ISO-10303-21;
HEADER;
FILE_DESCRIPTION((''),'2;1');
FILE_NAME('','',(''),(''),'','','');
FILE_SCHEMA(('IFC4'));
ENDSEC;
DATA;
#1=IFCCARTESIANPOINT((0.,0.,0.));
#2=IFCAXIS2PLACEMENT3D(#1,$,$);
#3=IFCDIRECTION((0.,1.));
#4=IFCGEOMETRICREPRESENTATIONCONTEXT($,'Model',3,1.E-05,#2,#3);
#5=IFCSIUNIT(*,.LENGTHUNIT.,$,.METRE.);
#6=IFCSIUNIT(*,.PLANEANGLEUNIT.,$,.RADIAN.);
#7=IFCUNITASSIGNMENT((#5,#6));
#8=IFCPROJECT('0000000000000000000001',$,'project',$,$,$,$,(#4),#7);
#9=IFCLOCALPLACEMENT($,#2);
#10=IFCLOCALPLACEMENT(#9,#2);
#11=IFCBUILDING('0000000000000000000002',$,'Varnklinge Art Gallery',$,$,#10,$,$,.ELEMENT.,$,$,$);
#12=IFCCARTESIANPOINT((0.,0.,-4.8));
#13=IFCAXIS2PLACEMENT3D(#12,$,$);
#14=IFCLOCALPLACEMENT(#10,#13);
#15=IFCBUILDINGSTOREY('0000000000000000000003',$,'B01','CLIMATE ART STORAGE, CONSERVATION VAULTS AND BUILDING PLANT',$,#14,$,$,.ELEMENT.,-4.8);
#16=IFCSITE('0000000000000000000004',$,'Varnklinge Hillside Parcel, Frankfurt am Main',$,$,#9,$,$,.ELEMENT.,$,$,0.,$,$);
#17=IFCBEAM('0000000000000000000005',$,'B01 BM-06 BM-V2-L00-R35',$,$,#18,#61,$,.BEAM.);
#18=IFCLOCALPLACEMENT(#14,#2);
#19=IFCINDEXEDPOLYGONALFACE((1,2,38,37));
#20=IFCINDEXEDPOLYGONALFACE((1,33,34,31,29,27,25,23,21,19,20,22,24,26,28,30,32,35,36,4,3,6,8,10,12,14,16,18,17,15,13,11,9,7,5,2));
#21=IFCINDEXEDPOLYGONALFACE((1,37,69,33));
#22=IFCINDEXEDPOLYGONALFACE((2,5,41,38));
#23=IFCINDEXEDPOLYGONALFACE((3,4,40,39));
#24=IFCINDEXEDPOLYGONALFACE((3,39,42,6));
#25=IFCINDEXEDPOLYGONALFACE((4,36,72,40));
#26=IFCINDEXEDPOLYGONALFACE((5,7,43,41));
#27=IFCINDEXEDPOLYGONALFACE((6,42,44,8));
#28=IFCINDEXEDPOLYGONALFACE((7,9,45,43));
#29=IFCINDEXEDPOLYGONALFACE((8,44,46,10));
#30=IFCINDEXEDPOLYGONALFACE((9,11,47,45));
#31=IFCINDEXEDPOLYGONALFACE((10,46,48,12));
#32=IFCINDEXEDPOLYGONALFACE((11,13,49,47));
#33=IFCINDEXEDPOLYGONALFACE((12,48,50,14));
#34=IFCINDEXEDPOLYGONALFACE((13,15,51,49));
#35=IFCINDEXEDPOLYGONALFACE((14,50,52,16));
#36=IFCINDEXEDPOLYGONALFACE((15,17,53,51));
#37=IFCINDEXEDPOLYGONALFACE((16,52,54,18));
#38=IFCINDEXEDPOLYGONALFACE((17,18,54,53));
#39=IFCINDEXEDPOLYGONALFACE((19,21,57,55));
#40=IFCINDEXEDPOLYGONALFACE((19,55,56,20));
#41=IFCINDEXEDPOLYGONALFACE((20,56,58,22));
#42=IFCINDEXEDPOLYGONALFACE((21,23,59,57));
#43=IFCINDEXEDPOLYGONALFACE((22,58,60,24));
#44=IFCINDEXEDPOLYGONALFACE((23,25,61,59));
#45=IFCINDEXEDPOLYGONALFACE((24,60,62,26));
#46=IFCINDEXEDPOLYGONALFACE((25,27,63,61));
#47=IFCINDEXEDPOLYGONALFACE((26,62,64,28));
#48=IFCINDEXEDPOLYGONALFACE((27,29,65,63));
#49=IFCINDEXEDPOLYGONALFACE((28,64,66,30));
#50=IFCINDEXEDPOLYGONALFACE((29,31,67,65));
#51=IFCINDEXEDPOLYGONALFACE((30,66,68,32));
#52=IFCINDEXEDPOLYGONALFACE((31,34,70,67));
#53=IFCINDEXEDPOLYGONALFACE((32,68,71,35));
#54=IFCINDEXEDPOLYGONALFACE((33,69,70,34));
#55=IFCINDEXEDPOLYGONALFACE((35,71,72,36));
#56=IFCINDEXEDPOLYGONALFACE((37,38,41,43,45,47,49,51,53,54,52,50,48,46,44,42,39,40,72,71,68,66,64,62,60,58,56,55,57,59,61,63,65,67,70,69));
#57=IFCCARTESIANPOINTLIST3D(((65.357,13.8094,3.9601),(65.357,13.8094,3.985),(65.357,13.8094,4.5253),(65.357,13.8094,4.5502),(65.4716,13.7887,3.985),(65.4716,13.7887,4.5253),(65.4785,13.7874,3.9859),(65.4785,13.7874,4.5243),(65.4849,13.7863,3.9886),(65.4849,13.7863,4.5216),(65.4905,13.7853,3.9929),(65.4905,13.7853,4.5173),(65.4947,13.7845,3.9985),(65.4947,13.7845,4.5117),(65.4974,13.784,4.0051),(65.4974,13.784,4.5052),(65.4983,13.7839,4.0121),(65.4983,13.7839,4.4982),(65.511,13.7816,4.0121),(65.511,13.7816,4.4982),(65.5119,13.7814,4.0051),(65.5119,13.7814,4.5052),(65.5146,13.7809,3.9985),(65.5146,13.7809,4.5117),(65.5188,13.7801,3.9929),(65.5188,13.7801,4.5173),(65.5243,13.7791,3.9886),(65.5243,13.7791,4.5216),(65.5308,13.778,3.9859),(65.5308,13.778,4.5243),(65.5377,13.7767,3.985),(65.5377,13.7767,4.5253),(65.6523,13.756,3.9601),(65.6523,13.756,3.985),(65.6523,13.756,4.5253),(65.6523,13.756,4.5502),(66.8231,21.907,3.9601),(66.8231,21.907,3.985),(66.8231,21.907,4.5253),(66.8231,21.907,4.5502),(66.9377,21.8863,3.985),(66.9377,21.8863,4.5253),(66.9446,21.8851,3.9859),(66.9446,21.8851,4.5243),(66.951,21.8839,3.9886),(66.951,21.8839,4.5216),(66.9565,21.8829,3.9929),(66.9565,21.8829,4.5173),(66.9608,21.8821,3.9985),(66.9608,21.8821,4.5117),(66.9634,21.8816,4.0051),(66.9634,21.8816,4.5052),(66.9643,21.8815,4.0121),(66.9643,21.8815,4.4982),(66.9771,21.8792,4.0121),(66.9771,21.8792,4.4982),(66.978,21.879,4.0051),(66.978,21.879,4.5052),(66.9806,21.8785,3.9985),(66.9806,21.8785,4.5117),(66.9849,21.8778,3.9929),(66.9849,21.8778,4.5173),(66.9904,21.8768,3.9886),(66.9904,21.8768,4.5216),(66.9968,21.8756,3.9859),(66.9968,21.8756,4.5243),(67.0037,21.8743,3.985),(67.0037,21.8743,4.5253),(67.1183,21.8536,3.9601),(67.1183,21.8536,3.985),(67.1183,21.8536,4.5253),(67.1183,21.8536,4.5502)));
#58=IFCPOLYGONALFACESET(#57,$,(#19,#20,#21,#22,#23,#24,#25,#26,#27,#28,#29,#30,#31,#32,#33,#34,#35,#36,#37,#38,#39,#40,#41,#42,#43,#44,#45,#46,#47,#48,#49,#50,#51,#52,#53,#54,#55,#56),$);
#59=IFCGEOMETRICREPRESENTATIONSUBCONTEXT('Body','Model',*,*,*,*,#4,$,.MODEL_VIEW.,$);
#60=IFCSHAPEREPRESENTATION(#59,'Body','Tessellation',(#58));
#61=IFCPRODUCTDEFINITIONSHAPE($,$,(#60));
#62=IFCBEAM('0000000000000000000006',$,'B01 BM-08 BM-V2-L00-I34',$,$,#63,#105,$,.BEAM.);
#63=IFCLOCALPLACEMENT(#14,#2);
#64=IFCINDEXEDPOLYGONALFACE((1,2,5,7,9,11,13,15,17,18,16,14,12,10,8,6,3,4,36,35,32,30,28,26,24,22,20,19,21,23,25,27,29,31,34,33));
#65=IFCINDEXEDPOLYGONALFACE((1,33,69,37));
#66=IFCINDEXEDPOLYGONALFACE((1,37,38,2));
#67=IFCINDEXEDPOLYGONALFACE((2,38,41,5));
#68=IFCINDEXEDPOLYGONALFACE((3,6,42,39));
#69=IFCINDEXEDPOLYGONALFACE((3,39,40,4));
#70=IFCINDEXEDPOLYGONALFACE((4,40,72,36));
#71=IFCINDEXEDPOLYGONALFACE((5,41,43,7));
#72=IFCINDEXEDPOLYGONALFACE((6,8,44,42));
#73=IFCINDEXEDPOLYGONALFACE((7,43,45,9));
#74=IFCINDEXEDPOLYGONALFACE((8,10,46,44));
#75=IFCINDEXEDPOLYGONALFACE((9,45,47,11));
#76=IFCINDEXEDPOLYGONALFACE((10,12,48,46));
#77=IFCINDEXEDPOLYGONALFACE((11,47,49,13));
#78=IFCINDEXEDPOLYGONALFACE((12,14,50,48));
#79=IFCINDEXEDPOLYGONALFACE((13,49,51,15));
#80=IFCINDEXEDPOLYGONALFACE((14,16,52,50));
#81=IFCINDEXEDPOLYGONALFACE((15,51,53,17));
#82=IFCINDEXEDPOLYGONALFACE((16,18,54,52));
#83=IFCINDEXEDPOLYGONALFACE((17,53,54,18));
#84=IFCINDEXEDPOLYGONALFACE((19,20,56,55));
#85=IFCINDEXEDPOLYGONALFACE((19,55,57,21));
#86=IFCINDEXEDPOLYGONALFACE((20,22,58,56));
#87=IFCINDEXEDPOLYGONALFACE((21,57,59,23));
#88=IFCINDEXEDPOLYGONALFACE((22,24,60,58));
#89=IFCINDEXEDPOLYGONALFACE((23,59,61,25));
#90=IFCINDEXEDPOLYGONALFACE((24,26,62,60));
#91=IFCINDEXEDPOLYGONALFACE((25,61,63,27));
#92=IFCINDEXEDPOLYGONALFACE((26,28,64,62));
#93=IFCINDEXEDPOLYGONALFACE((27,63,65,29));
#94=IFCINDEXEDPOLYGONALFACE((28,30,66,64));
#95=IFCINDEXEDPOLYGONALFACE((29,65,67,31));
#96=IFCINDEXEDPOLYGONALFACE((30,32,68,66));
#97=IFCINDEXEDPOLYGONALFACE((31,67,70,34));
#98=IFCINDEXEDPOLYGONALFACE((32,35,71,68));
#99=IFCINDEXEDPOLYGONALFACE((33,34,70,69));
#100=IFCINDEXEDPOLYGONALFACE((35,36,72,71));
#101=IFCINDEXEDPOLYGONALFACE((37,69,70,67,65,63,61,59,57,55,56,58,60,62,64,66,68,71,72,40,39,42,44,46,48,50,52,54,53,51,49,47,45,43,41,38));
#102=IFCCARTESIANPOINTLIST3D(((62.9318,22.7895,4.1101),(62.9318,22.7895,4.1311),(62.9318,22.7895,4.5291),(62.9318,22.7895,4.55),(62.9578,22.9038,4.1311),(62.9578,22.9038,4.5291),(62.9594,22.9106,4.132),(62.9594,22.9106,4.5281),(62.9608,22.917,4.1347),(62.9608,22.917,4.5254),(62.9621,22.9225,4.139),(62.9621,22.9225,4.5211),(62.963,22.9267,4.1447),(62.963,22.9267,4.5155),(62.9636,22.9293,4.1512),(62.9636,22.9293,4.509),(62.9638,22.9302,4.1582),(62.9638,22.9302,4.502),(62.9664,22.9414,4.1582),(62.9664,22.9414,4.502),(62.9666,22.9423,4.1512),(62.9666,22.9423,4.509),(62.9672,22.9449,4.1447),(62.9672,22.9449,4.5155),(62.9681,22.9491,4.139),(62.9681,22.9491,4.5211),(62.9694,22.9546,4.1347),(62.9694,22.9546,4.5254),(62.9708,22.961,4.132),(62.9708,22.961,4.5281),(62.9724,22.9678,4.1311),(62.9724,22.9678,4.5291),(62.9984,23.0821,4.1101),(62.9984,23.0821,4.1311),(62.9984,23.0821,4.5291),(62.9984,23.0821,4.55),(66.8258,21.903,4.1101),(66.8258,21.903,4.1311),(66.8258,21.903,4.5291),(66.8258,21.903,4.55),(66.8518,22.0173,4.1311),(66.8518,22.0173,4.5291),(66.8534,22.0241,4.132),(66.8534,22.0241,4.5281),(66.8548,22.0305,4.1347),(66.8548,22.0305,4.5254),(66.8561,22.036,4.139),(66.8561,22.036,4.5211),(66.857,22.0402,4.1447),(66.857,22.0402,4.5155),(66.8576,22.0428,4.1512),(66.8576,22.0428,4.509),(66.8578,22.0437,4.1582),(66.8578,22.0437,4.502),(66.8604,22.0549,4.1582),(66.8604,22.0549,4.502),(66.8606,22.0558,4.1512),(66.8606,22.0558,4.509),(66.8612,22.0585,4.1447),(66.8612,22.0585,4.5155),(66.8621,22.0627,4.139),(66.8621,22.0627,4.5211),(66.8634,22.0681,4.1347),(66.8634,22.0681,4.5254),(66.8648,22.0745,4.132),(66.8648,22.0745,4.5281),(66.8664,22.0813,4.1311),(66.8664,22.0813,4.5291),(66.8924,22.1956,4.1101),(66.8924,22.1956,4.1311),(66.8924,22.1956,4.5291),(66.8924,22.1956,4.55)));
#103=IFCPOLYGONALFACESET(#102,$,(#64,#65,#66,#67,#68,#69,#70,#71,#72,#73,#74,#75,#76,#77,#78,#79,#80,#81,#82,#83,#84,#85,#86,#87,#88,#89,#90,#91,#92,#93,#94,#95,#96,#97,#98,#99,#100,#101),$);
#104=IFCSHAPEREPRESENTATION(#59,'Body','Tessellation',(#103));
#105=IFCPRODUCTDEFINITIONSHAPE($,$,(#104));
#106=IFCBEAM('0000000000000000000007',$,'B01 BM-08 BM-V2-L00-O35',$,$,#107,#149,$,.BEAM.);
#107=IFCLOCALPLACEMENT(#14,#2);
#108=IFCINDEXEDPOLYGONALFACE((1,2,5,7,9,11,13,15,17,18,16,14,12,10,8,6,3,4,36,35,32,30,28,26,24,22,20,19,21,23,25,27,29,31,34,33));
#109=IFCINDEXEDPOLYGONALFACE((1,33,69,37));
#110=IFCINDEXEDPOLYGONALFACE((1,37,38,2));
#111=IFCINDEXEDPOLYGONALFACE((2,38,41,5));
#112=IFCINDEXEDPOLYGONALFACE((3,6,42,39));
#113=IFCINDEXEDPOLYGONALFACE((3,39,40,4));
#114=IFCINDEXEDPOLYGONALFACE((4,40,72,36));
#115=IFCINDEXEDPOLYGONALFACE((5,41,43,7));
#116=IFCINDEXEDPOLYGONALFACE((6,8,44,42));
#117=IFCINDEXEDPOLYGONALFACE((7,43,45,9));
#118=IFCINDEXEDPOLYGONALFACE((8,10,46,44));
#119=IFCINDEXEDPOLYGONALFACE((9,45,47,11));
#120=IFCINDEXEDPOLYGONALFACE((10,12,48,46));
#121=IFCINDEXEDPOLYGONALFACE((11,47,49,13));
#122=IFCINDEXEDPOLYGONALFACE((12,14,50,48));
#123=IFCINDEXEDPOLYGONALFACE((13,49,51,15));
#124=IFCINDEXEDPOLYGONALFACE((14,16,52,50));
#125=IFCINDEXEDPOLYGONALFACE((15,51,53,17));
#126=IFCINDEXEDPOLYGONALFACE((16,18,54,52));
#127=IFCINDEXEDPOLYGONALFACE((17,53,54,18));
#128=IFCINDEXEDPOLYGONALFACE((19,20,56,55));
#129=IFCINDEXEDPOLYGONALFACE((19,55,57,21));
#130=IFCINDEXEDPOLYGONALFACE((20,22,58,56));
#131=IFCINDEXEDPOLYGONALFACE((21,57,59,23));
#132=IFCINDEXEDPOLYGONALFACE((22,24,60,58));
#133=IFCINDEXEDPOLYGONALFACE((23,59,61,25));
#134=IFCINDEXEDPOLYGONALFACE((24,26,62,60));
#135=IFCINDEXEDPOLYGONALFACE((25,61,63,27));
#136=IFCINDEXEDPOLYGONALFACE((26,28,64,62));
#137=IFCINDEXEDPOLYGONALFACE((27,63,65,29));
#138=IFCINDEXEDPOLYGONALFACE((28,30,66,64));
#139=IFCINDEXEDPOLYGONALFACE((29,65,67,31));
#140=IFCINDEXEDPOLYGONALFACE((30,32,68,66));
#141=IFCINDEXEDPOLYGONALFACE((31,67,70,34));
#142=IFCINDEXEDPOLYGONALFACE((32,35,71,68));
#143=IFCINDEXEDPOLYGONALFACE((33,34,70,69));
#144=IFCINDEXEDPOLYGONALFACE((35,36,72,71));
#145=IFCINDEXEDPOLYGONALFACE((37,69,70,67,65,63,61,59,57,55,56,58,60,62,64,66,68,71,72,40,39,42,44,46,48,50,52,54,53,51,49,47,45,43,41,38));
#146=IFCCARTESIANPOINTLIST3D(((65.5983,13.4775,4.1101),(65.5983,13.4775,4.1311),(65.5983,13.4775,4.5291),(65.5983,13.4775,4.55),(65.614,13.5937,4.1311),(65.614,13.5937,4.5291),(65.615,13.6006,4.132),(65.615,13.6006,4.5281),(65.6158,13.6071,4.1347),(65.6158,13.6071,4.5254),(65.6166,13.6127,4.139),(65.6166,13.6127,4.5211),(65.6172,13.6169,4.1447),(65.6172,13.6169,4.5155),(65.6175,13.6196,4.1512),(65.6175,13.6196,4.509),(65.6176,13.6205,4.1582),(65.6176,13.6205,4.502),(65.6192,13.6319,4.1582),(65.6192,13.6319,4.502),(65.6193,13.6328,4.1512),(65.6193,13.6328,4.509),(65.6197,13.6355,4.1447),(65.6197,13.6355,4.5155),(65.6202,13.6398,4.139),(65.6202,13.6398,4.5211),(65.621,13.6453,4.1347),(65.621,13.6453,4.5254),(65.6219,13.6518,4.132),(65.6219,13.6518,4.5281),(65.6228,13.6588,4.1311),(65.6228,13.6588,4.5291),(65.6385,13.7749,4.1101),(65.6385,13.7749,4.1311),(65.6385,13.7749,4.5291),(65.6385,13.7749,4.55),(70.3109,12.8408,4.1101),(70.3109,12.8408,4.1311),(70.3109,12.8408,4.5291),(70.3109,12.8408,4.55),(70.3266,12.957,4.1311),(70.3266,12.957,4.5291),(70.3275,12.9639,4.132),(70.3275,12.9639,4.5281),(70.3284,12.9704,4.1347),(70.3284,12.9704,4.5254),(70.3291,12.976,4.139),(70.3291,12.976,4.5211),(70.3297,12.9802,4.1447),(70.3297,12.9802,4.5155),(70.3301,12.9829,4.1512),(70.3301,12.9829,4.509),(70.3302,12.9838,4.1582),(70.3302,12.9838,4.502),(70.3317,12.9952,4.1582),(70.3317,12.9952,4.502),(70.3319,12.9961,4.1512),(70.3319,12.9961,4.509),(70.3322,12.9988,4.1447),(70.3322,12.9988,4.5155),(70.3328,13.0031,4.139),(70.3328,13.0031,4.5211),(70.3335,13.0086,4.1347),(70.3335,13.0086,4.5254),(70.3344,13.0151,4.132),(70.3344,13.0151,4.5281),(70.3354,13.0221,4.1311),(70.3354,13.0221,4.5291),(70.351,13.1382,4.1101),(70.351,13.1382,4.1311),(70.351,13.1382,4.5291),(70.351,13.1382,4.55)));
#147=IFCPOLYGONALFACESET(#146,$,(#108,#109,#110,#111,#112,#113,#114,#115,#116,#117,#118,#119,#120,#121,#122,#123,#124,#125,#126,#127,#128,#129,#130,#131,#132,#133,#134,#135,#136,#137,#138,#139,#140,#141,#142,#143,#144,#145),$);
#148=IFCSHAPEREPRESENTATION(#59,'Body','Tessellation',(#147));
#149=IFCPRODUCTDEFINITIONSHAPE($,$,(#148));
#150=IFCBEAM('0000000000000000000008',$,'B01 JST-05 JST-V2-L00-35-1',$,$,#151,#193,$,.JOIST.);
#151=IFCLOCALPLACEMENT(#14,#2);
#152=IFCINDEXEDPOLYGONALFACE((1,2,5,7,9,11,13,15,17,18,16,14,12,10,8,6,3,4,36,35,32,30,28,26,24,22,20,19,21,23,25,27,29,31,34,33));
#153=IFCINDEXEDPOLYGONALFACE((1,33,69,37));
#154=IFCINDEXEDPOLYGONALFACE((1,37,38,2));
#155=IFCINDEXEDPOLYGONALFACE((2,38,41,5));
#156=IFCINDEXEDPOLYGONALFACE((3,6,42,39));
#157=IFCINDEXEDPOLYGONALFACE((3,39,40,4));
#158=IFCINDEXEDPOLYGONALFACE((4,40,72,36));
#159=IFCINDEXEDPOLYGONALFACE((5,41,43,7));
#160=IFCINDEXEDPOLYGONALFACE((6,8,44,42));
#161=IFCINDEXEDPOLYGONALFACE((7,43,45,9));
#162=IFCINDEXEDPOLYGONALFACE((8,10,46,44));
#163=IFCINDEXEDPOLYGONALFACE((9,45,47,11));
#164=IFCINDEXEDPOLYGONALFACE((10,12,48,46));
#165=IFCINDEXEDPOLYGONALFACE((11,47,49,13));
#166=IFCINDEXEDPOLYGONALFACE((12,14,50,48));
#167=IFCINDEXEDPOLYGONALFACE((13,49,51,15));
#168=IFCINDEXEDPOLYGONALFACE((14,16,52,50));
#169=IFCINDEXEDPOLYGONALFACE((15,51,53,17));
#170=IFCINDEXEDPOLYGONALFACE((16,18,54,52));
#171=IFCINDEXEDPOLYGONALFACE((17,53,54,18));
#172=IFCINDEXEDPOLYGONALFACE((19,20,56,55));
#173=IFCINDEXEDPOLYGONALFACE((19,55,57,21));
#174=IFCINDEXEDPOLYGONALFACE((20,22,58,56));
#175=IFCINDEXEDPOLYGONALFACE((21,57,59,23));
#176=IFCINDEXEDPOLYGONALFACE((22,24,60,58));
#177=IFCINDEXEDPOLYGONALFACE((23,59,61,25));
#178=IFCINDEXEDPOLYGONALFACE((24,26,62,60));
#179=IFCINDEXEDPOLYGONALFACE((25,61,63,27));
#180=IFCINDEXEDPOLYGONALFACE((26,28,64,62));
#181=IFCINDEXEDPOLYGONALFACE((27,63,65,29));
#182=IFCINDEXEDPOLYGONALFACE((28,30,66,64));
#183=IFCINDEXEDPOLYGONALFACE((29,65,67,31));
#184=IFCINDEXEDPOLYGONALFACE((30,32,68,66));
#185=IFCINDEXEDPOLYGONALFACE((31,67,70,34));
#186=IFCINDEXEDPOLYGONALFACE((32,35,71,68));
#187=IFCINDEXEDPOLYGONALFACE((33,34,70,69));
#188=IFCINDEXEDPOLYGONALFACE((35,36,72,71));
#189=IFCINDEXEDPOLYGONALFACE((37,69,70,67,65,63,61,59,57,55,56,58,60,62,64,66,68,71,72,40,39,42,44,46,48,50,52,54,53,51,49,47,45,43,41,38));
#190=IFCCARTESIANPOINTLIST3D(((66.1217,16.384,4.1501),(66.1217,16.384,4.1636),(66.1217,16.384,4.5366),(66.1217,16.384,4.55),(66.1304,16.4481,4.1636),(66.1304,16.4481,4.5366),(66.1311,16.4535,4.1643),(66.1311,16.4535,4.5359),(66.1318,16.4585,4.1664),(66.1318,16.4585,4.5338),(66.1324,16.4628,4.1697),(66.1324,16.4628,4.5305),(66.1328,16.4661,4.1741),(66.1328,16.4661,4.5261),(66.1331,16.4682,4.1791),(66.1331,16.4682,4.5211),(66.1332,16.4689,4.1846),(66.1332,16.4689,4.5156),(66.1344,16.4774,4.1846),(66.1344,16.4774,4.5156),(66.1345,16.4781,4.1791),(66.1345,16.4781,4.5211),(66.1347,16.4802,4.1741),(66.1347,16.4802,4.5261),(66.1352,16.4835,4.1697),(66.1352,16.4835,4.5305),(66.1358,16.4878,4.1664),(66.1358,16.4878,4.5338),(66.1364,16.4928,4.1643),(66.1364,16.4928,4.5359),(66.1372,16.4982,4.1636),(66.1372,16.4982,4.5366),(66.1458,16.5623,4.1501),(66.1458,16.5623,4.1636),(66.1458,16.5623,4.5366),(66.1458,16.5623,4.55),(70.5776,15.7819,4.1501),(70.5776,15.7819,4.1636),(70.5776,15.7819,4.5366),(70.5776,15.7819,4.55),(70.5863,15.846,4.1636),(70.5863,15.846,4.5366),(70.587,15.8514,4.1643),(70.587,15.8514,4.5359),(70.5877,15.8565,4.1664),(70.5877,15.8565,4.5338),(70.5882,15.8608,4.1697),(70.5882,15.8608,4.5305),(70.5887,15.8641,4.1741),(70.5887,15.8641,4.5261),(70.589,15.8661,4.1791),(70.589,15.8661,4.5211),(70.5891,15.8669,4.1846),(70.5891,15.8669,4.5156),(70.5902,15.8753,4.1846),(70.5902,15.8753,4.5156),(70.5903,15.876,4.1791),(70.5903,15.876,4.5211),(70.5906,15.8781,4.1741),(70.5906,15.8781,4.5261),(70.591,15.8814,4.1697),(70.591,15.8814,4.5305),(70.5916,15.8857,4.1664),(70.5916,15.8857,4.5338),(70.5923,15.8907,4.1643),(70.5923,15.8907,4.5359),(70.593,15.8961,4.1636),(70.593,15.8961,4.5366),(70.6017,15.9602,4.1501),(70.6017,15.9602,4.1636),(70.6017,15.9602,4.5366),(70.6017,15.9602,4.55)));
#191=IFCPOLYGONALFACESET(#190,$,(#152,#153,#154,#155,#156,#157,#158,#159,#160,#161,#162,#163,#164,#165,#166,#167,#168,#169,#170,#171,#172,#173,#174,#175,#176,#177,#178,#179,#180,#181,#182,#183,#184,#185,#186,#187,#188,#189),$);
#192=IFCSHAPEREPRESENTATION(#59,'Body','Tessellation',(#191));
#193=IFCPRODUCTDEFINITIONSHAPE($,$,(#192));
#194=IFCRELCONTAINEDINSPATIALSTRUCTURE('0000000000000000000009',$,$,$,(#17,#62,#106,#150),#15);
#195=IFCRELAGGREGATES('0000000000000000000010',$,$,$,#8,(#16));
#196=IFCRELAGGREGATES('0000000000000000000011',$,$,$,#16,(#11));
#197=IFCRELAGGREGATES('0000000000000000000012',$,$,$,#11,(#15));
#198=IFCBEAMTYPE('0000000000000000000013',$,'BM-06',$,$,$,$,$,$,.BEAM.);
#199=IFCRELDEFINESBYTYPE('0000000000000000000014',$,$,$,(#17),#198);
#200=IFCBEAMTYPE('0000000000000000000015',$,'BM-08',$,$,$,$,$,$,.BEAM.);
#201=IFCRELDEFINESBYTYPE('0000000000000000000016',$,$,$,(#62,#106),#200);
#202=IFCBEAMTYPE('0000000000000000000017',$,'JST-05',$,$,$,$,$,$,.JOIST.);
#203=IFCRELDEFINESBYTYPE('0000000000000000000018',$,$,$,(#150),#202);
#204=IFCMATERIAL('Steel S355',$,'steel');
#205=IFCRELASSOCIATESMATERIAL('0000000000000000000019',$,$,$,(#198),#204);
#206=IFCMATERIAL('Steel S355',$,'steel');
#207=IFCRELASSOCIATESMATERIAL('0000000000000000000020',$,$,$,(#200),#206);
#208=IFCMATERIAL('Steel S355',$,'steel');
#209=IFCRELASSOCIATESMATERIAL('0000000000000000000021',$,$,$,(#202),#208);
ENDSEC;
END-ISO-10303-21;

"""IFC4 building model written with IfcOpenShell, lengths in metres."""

from ifc_helpers import new_model, si_unit, direction, frame, origin, origin_2d, place, context, subcontext, project, spatial, i_section, extrude, material, material_profile, profile_set, type_object, element, save


model = new_model("IFC4")

# Units and contexts
model_context = context("Model", 3, precision=1e-05, world=origin(), true_north=direction((0.0, 1.0)))
body_context = subcontext(model_context, "Body", "Model", "MODEL_VIEW")
ifc_project = project(units=[si_unit("LENGTHUNIT", "METRE"), si_unit("PLANEANGLEUNIT", "RADIAN")], contexts=[model_context])

# Site, building, storey
site_placement = place(None, origin())
site = spatial("IfcSite", under=ifc_project, at=site_placement, Name="Varnklinge Hillside Parcel, Frankfurt am Main", CompositionType="ELEMENT", RefElevation=0.0)
building_placement = place(site_placement, origin())
building = spatial("IfcBuilding", under=site, at=building_placement, Name="Varnklinge Art Gallery", CompositionType="ELEMENT")
storey_placement = place(building_placement, frame((0.0, 0.0, -4.8)))
storey = spatial("IfcBuildingStorey", under=building, at=storey_placement, Name="B01", Description="CLIMATE ART STORAGE, CONSERVATION VAULTS AND BUILDING PLANT", CompositionType="ELEMENT", Elevation=-4.8)

# Beams
ifc_material_1 = material(Name="Steel S355", Category="steel")
ifc_material_profile_1 = material_profile(ifc_material_1, i_section(OverallWidth=0.3, OverallDepth=0.5901, WebThickness=0.0129, FlangeThickness=0.0249, FilletRadius=0.0271, at=origin_2d()), Name="HEA 600")
ifc_profile_set_1 = profile_set([ifc_material_profile_1], Name="Steel S355")
beam_type_1 = type_object("IfcBeamType", Name="BM-06", PredefinedType="BEAM", material=ifc_profile_set_1)
beam_1_placement = place(storey_placement, frame((65.5046, 13.7827, 4.2551), z_axis=(0.178152, 0.984003, 0.0), x_axis=(-0.984003, 0.178152, 0.0)))
element("IfcBeam", 1, at=beam_1_placement, inside=storey, type_object=beam_type_1, Name="B01 BM-06 BM-V2-L00-R35", PredefinedType="BEAM", context=body_context, shape_type="SweptSolid", body=[
    extrude(i_section(OverallWidth=0.3, OverallDepth=0.5901, WebThickness=0.0129, FlangeThickness=0.0249, FilletRadius=0.0271, at=origin_2d()), origin(), (0.0, 0.0, 1.0), 8.2292),
])
ifc_material_2 = material(Name="Steel S355", Category="steel")
ifc_material_profile_2 = material_profile(ifc_material_2, i_section(OverallWidth=0.3, OverallDepth=0.4399, WebThickness=0.0115, FlangeThickness=0.021, FilletRadius=0.0271, at=origin_2d()), Name="HEA 450")
ifc_profile_set_2 = profile_set([ifc_material_profile_2], Name="Steel S355")
beam_type_2 = type_object("IfcBeamType", Name="BM-08", PredefinedType="BEAM", material=ifc_profile_set_2)
beam_2_placement = place(storey_placement, frame((62.9651, 22.9358, 4.3301), z_axis=(0.975054, -0.22197, 0.0), x_axis=(0.22197, 0.975054, 0.0)))
element("IfcBeam", 2, at=beam_2_placement, inside=storey, type_object=beam_type_2, Name="B01 BM-08 BM-V2-L00-I34", PredefinedType="BEAM", context=body_context, shape_type="SweptSolid", body=[
    extrude(i_section(OverallWidth=0.3, OverallDepth=0.4399, WebThickness=0.0115, FlangeThickness=0.021, FilletRadius=0.0271, at=origin_2d()), origin(), (0.0, 0.0, 1.0), 3.9937),
])
beam_3_placement = place(storey_placement, frame((65.6184, 13.6262, 4.3301), z_axis=(0.990996, -0.133892, 0.0), x_axis=(0.133892, 0.990996, 0.0)))
element("IfcBeam", 3, at=beam_3_placement, inside=storey, type_object=beam_type_2, Name="B01 BM-08 BM-V2-L00-O35", PredefinedType="BEAM", context=body_context, shape_type="SweptSolid", body=[
    extrude(i_section(OverallWidth=0.3, OverallDepth=0.4399, WebThickness=0.0115, FlangeThickness=0.021, FilletRadius=0.0271, at=origin_2d()), origin(), (0.0, 0.0, 1.0), 4.7554),
])
ifc_material_3 = material(Name="Steel S355", Category="steel")
ifc_material_profile_3 = material_profile(ifc_material_3, i_section(OverallWidth=0.1799, OverallDepth=0.3999, WebThickness=0.0085, FlangeThickness=0.0134, FilletRadius=0.021, at=origin_2d()), Name="IPE 400")
ifc_profile_set_3 = profile_set([ifc_material_profile_3], Name="Steel S355")
beam_type_3 = type_object("IfcBeamType", Name="JST-05", PredefinedType="JOIST", material=ifc_profile_set_3)
beam_4_placement = place(storey_placement, frame((66.1338, 16.4731, 4.3501), z_axis=(0.990995, -0.133899, 0.0), x_axis=(0.133899, 0.990995, 0.0)))
element("IfcBeam", 4, at=beam_4_placement, inside=storey, type_object=beam_type_3, Name="B01 JST-05 JST-V2-L00-35-1", PredefinedType="JOIST", context=body_context, shape_type="SweptSolid", body=[
    extrude(i_section(OverallWidth=0.1799, OverallDepth=0.3999, WebThickness=0.0085, FlangeThickness=0.0134, FilletRadius=0.021, at=origin_2d()), origin(), (0.0, 0.0, 1.0), 4.4963),
])

save(model, "model.ifc")
